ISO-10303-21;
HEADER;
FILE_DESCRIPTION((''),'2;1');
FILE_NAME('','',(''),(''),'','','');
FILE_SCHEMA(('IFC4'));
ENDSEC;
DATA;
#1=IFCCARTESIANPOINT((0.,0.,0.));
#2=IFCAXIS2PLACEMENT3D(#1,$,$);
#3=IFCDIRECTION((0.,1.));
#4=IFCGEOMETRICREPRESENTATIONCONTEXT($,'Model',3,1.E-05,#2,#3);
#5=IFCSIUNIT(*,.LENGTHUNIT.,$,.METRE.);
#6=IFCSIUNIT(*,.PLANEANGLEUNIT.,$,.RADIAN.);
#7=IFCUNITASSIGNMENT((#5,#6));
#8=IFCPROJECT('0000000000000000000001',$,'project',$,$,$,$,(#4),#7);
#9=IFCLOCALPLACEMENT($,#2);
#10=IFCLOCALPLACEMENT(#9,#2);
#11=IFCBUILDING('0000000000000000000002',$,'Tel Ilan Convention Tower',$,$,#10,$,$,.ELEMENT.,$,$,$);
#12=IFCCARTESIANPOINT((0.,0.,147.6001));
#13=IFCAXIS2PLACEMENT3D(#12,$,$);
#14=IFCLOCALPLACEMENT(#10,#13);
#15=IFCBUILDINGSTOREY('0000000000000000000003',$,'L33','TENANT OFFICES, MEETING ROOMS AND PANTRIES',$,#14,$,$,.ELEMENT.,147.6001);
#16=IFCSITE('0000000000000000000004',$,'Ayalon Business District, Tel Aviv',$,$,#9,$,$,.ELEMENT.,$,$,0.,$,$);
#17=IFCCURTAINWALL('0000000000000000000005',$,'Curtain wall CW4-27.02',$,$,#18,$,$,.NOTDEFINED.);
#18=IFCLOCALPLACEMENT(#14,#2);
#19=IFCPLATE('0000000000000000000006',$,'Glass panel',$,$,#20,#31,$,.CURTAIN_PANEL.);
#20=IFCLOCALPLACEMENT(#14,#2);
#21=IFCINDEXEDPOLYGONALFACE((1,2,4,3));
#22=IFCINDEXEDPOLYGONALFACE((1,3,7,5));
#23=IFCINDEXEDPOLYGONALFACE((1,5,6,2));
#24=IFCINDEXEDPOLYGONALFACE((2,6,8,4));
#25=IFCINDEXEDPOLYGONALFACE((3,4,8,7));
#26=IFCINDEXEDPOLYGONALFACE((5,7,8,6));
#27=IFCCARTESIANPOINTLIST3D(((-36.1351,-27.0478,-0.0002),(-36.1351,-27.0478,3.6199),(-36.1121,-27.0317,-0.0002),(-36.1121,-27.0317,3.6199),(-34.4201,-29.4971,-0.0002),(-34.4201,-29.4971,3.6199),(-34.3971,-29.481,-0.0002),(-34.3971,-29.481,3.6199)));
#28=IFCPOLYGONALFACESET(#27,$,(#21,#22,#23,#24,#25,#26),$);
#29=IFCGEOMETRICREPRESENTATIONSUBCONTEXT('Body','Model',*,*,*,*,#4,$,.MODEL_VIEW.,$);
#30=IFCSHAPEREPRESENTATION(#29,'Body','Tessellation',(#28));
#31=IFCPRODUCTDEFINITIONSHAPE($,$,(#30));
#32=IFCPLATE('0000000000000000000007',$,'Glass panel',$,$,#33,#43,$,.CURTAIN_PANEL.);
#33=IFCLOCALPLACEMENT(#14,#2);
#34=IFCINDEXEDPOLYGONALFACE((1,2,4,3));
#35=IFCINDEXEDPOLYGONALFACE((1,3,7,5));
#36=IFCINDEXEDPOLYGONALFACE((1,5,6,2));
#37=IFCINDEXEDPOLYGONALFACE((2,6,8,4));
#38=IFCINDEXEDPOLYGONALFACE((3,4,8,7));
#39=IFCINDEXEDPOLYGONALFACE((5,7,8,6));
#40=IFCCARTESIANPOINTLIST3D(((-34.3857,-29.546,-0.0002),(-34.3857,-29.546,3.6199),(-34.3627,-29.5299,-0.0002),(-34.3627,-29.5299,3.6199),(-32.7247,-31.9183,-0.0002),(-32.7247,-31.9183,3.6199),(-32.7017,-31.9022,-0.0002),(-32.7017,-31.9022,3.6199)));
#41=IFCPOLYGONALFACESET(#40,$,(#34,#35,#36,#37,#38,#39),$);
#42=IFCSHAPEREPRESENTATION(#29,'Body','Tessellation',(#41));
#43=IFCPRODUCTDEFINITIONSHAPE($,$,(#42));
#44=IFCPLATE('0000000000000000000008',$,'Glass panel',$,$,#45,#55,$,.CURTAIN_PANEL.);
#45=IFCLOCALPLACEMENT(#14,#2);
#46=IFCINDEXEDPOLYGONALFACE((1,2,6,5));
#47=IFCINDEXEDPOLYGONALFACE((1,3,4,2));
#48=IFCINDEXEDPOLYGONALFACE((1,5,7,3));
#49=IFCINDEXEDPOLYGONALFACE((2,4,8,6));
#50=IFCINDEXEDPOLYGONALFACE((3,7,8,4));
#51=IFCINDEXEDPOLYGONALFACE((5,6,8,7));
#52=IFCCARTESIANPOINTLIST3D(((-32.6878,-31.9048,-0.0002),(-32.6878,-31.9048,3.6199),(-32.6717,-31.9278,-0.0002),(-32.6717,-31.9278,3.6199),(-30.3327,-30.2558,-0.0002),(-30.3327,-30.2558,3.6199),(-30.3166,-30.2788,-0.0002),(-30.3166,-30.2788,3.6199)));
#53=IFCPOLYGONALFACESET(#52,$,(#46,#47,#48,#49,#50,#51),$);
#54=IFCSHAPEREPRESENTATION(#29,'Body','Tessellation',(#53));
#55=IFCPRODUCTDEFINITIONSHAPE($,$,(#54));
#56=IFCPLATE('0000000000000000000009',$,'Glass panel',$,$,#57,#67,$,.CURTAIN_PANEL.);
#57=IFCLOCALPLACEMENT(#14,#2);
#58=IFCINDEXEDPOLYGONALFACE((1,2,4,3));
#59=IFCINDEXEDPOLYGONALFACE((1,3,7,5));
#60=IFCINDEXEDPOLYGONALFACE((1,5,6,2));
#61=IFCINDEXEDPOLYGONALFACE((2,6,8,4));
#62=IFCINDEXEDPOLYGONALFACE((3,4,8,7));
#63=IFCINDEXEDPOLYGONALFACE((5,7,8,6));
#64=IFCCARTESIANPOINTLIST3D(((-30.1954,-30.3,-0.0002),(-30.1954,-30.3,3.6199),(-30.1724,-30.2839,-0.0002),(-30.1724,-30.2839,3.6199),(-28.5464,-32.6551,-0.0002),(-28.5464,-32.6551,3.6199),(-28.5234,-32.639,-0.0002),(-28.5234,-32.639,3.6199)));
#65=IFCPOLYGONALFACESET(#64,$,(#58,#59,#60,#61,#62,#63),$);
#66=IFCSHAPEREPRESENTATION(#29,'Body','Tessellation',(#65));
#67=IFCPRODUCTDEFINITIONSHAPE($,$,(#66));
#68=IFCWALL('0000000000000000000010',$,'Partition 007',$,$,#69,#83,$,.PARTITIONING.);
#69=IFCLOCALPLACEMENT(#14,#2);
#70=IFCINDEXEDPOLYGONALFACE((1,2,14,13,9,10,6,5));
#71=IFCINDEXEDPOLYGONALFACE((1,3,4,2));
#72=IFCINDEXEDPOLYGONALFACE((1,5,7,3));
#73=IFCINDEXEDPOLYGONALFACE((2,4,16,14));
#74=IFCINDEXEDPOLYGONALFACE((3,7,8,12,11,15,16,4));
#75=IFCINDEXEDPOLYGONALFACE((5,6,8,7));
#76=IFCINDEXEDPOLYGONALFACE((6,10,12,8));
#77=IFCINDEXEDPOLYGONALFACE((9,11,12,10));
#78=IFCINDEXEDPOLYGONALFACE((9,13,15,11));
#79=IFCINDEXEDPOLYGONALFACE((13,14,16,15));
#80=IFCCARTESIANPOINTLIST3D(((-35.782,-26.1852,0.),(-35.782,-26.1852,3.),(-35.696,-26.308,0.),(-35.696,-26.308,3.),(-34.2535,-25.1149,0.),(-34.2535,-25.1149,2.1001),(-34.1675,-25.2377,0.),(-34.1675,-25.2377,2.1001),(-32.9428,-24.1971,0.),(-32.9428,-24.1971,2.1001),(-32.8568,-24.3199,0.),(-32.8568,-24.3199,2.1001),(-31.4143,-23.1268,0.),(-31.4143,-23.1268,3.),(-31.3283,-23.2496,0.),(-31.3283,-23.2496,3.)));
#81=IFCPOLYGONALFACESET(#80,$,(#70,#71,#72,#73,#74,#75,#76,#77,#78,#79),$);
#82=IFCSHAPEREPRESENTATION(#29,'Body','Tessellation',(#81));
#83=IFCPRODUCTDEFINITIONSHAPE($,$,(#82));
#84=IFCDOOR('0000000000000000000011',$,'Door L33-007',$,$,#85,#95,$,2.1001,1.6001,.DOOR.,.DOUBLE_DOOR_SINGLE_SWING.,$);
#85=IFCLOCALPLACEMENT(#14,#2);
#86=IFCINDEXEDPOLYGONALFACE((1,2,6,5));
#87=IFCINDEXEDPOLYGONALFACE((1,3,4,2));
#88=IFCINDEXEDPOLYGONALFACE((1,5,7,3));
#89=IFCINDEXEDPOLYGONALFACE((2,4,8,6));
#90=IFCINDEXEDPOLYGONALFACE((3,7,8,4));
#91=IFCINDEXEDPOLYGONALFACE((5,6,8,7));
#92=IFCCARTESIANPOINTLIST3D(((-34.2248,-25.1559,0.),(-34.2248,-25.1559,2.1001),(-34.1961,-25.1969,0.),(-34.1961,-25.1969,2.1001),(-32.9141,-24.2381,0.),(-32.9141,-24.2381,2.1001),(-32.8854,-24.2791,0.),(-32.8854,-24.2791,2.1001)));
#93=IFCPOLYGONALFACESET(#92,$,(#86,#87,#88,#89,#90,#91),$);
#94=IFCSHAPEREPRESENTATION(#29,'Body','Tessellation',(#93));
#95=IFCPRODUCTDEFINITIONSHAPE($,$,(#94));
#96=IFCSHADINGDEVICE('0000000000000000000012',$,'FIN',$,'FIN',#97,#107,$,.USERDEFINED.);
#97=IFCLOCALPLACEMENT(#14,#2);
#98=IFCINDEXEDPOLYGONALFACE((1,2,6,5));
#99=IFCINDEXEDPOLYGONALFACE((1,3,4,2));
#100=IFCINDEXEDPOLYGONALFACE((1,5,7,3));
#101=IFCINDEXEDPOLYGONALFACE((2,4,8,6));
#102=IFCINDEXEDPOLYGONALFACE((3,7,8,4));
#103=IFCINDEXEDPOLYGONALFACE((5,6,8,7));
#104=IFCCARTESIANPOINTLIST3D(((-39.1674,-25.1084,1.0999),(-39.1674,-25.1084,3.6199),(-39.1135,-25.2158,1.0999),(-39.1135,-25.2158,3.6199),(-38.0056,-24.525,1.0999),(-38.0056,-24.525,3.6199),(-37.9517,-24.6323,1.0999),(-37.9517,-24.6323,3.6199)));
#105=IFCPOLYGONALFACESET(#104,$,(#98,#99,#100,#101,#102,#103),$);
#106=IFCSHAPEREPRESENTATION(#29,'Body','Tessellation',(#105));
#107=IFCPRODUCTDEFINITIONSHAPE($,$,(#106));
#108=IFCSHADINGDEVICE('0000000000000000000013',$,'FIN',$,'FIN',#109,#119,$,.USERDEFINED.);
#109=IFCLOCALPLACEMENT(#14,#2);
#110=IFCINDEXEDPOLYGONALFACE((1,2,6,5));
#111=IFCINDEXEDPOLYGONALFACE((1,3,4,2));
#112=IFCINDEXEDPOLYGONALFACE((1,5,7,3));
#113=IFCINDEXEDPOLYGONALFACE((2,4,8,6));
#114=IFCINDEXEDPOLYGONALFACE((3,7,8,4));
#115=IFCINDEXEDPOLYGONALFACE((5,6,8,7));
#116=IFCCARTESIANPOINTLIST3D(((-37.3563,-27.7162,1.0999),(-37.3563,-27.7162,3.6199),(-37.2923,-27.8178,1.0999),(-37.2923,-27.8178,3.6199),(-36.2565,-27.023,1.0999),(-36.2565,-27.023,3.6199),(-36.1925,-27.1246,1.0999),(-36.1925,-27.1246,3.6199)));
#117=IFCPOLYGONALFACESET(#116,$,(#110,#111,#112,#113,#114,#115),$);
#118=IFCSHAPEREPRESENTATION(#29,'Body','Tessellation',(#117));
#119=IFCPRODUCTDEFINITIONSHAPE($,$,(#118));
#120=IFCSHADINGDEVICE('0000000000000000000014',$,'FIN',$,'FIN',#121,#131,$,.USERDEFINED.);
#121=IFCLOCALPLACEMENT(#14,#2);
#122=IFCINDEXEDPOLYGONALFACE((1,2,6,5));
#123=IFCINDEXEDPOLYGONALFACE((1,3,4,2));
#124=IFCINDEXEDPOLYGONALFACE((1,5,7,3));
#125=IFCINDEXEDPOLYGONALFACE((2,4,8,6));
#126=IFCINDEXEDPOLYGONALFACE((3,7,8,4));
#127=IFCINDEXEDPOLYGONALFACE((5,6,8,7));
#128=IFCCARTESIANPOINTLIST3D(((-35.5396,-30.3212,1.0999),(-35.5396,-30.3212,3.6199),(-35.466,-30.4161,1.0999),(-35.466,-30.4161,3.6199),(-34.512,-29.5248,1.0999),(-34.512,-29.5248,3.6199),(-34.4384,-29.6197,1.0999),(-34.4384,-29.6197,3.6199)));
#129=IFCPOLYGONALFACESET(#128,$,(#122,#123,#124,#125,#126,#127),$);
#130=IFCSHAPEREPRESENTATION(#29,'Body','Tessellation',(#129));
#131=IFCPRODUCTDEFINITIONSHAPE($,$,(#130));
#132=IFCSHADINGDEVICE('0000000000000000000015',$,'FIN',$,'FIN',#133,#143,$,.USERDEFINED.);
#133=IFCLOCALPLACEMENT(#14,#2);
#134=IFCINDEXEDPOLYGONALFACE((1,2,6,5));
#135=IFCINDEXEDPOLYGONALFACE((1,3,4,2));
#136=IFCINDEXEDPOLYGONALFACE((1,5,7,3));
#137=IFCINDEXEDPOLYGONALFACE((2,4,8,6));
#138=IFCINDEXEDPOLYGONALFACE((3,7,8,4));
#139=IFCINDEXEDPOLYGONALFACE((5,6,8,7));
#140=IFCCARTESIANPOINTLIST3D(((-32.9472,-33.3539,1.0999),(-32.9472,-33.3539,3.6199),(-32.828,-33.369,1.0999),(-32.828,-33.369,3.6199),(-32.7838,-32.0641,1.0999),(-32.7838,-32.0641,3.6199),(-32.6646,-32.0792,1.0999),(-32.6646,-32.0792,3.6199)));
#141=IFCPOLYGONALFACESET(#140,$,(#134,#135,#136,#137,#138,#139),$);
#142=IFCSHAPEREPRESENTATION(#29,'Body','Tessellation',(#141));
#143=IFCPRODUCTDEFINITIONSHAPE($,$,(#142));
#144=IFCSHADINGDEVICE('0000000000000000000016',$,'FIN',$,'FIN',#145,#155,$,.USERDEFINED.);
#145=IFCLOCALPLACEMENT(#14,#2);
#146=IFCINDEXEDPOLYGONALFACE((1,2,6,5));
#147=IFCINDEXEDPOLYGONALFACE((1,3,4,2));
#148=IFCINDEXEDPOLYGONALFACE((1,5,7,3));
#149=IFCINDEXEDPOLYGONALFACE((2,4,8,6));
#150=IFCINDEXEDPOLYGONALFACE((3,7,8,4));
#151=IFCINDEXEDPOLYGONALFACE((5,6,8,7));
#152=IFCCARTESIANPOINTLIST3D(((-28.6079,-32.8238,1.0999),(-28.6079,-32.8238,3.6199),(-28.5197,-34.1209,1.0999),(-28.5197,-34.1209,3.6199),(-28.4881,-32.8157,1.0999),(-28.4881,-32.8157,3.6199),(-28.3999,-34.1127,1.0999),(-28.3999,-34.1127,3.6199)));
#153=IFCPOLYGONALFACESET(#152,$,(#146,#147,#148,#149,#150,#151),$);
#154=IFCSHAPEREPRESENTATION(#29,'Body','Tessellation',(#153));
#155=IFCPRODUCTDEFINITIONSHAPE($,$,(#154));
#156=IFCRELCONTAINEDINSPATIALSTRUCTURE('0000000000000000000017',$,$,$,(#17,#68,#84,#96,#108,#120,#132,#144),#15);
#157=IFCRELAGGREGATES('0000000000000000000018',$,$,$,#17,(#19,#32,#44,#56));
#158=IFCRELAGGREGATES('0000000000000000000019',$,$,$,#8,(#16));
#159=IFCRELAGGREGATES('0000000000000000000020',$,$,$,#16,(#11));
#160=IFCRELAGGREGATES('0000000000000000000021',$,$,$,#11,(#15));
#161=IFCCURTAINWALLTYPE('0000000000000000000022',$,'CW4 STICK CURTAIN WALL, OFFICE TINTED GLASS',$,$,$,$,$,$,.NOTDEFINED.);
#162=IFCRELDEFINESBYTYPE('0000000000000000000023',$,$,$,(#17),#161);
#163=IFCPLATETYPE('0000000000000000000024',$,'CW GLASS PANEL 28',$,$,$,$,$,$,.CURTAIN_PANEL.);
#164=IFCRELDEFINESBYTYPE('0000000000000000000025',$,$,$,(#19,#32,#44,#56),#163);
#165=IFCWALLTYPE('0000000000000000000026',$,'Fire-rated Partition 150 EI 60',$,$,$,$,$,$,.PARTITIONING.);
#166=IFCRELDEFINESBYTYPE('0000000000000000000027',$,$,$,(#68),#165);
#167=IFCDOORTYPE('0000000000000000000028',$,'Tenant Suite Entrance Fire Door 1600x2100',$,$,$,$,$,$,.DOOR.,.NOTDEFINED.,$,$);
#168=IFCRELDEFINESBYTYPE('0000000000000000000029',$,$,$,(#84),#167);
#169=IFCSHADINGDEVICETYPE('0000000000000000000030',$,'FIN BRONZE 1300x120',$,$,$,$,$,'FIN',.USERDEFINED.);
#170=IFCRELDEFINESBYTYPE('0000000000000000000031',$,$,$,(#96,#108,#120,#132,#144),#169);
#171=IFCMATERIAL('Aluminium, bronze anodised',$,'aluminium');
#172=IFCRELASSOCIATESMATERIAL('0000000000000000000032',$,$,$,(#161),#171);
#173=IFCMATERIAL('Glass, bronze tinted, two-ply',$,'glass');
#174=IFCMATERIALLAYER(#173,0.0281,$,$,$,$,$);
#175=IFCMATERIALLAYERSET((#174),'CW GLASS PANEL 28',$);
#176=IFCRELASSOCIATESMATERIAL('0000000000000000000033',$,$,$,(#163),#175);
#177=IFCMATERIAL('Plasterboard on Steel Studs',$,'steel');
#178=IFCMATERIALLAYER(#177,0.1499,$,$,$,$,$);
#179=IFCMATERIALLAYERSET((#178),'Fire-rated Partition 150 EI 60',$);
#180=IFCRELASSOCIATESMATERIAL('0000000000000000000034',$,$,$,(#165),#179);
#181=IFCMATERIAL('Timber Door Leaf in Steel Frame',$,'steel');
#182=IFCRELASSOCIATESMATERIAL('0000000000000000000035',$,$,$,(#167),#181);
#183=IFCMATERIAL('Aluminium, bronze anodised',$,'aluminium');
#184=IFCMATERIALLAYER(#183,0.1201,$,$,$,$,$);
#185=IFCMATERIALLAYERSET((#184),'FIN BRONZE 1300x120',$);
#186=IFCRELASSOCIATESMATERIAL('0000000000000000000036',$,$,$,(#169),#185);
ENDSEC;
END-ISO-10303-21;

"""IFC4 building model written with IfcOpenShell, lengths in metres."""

from ifc_helpers import new_model, si_unit, direction, frame, frame_2d, origin, origin_2d, place, context, subcontext, project, spatial, rectangle, extrude, material, layer, layer_set, type_object, element, fill, aggregate, save


model = new_model("IFC4")

# Units and contexts
model_context = context("Model", 3, precision=1e-05, world=origin(), true_north=direction((0.0, 1.0)))
body_context = subcontext(model_context, "Body", "Model", "MODEL_VIEW")
ifc_project = project(units=[si_unit("LENGTHUNIT", "METRE"), si_unit("PLANEANGLEUNIT", "RADIAN")], contexts=[model_context])

# Site, building, storey
site_placement = place(None, origin())
site = spatial("IfcSite", under=ifc_project, at=site_placement, Name="Ayalon Business District, Tel Aviv", CompositionType="ELEMENT", RefElevation=0.0)
building_placement = place(site_placement, origin())
building = spatial("IfcBuilding", under=site, at=building_placement, Name="Tel Ilan Convention Tower", CompositionType="ELEMENT")
storey_placement = place(building_placement, frame((0.0, 0.0, 147.6001)))
storey = spatial("IfcBuildingStorey", under=building, at=storey_placement, Name="L33", Description="TENANT OFFICES, MEETING ROOMS AND PANTRIES", CompositionType="ELEMENT", Elevation=147.6001)

# Curtain wall, plates
ifc_material_1 = material(Name="Aluminium, bronze anodised", Category="aluminium")
curtain_wall_type = type_object("IfcCurtainWallType", Name="CW4 STICK CURTAIN WALL, OFFICE TINTED GLASS", PredefinedType="NOTDEFINED", material=ifc_material_1)
curtain_wall_placement = place(storey_placement, origin())
curtain_wall = element("IfcCurtainWall", 1, at=curtain_wall_placement, inside=storey, type_object=curtain_wall_type, Name="Curtain wall CW4-27.02", PredefinedType="NOTDEFINED")
ifc_material_2 = material(Name="Glass, bronze tinted, two-ply", Category="glass")
ifc_layer_1 = layer(ifc_material_2, 0.0281)
ifc_layer_set_1 = layer_set([ifc_layer_1], Name="CW GLASS PANEL 28")
plate_type = type_object("IfcPlateType", Name="CW GLASS PANEL 28", PredefinedType="CURTAIN_PANEL", material=ifc_layer_set_1)
plate_1_placement = place(storey_placement, frame((-35.2661, -28.2644, -0.0002), z_axis=(0.0, 0.0, 1.0), x_axis=(0.573576, -0.819152, 0.0)))
plate_1 = element("IfcPlate", 2, at=plate_1_placement, type_object=plate_type, Name="Glass panel", PredefinedType="CURTAIN_PANEL", context=body_context, shape_type="SweptSolid", body=[
    extrude(rectangle(XDim=2.99, YDim=0.0281, at=origin_2d()), origin(), (0.0, 0.0, 1.0), 3.6201),
])
plate_2_placement = place(storey_placement, frame((-33.5437, -30.7241, -0.0002), z_axis=(0.0, 0.0, 1.0), x_axis=(0.573576, -0.819152, 0.0)))
plate_2 = element("IfcPlate", 3, at=plate_2_placement, type_object=plate_type, Name="Glass panel", PredefinedType="CURTAIN_PANEL", context=body_context, shape_type="SweptSolid", body=[
    extrude(rectangle(XDim=2.896, YDim=0.0281, at=origin_2d()), origin(), (0.0, 0.0, 1.0), 3.6201),
])
plate_3_placement = place(storey_placement, frame((-31.5022, -31.0918, -0.0002), z_axis=(0.0, 0.0, 1.0), x_axis=(0.819152, 0.573576, 0.0)))
plate_3 = element("IfcPlate", 4, at=plate_3_placement, type_object=plate_type, Name="Glass panel", PredefinedType="CURTAIN_PANEL", context=body_context, shape_type="SweptSolid", body=[
    extrude(rectangle(XDim=2.875, YDim=0.0281, at=origin_2d()), origin(), (0.0, 0.0, 1.0), 3.6201),
])
plate_4_placement = place(storey_placement, frame((-29.3594, -31.4695, -0.0002), z_axis=(0.0, 0.0, 1.0), x_axis=(0.573576, -0.819152, 0.0)))
plate_4 = element("IfcPlate", 5, at=plate_4_placement, type_object=plate_type, Name="Glass panel", PredefinedType="CURTAIN_PANEL", context=body_context, shape_type="SweptSolid", body=[
    extrude(rectangle(XDim=2.875, YDim=0.0281, at=origin_2d()), origin(), (0.0, 0.0, 1.0), 3.6201),
])
aggregate(curtain_wall, [plate_1, plate_2, plate_3, plate_4])

# Wall, opening, door
ifc_material_3 = material(Name="Plasterboard on Steel Studs", Category="steel")
ifc_layer_2 = layer(ifc_material_3, 0.1499)
ifc_layer_set_2 = layer_set([ifc_layer_2], Name="Fire-rated Partition 150 EI 60")
wall_type = type_object("IfcWallType", Name="Fire-rated Partition 150 EI 60", PredefinedType="PARTITIONING", material=ifc_layer_set_2)
wall_placement = place(storey_placement, frame((-35.739, -26.2466, 0.0), z_axis=(0.0, 0.0, 1.0), x_axis=(0.819146, 0.573585, 0.0)))
wall = element("IfcWall", 6, at=wall_placement, inside=storey, type_object=wall_type, Name="Partition 007", PredefinedType="PARTITIONING", context=body_context, shape_type="SweptSolid", body=[
    extrude(rectangle(XDim=5.332, YDim=0.1499, at=frame_2d((2.666, 0.0))), origin(), (0.0, 0.0, 1.0), 3.0),
])
opening_placement = place(wall_placement, frame((1.866, 0.0, 0.0)))
opening = element("IfcOpeningElement", 7, at=opening_placement, cuts=wall, PredefinedType="OPENING", context=body_context, shape_type="SweptSolid", body=[
    extrude(rectangle(XDim=1.6001, YDim=2.1001, at=frame_2d((0.8, 1.05))), frame((0.0, 0.085, 0.0), z_axis=(0.0, -1.0, 0.0), x_axis=(1.0, 0.0, 0.0)), (0.0, 0.0, 1.0), 0.1699),
])
ifc_material_4 = material(Name="Timber Door Leaf in Steel Frame", Category="steel")
door_type = type_object("IfcDoorType", Name="Tenant Suite Entrance Fire Door 1600x2100", OperationType="NOTDEFINED", PredefinedType="DOOR", material=ifc_material_4)
door_placement = place(opening_placement, origin())
door = element("IfcDoor", 8, at=door_placement, inside=storey, type_object=door_type, Name="Door L33-007", OperationType="DOUBLE_DOOR_SINGLE_SWING", OverallHeight=2.1001, OverallWidth=1.6001, PredefinedType="DOOR", context=body_context, shape_type="SweptSolid", body=[
    extrude(rectangle(XDim=1.6001, YDim=2.1001, at=frame_2d((0.8, 1.05))), frame((0.0, 0.0249, 0.0), z_axis=(0.0, -1.0, 0.0), x_axis=(1.0, 0.0, 0.0)), (0.0, 0.0, 1.0), 0.05),
])
fill(opening, door)

# Shading devices
ifc_material_5 = material(Name="Aluminium, bronze anodised", Category="aluminium")
ifc_layer_3 = layer(ifc_material_5, 0.1201)
ifc_layer_set_3 = layer_set([ifc_layer_3], Name="FIN BRONZE 1300x120")
shading_device_type = type_object("IfcShadingDeviceType", Name="FIN BRONZE 1300x120", ElementType="FIN", PredefinedType="USERDEFINED", material=ifc_layer_set_3)
for number, where, z_axis, x_axis, name in (
    (9, (-38.5596, -24.8704, 1.0999), (0.0, 0.0, 1.0), (-0.893633, -0.448799, 0.0), "FIN"),
    (10, (-36.7744, -27.4204, 1.0999), (0.0, 0.0, 1.0), (-0.845986, -0.533204, 0.0), "FIN"),
    (11, (-34.989, -29.9705, 1.0999), (0.0, 0.0, 1.0), (-0.790393, -0.612601, 0.0), "FIN"),
    (12, (-32.8059, -32.7166, 1.0999), (0.0, 0.0, 1.0), (-0.125718, -0.992066, 0.0), "FIN"),
    (13, (-28.5039, -33.4683, 1.0999), (0.0, 0.0, 1.0), (0.067822, -0.997697, 0.0), "FIN"),
):
    element("IfcShadingDevice", number, at=place(storey_placement, frame(where, z_axis=z_axis, x_axis=x_axis)), inside=storey, type_object=shading_device_type, Name=name, ObjectType="FIN", PredefinedType="USERDEFINED", context=body_context, shape_type="SweptSolid", body=[
        extrude(rectangle(XDim=1.3, YDim=0.1201, at=origin_2d()), origin(), (0.0, 0.0, 1.0), 2.52),
    ])

save(model, "model.ifc")
